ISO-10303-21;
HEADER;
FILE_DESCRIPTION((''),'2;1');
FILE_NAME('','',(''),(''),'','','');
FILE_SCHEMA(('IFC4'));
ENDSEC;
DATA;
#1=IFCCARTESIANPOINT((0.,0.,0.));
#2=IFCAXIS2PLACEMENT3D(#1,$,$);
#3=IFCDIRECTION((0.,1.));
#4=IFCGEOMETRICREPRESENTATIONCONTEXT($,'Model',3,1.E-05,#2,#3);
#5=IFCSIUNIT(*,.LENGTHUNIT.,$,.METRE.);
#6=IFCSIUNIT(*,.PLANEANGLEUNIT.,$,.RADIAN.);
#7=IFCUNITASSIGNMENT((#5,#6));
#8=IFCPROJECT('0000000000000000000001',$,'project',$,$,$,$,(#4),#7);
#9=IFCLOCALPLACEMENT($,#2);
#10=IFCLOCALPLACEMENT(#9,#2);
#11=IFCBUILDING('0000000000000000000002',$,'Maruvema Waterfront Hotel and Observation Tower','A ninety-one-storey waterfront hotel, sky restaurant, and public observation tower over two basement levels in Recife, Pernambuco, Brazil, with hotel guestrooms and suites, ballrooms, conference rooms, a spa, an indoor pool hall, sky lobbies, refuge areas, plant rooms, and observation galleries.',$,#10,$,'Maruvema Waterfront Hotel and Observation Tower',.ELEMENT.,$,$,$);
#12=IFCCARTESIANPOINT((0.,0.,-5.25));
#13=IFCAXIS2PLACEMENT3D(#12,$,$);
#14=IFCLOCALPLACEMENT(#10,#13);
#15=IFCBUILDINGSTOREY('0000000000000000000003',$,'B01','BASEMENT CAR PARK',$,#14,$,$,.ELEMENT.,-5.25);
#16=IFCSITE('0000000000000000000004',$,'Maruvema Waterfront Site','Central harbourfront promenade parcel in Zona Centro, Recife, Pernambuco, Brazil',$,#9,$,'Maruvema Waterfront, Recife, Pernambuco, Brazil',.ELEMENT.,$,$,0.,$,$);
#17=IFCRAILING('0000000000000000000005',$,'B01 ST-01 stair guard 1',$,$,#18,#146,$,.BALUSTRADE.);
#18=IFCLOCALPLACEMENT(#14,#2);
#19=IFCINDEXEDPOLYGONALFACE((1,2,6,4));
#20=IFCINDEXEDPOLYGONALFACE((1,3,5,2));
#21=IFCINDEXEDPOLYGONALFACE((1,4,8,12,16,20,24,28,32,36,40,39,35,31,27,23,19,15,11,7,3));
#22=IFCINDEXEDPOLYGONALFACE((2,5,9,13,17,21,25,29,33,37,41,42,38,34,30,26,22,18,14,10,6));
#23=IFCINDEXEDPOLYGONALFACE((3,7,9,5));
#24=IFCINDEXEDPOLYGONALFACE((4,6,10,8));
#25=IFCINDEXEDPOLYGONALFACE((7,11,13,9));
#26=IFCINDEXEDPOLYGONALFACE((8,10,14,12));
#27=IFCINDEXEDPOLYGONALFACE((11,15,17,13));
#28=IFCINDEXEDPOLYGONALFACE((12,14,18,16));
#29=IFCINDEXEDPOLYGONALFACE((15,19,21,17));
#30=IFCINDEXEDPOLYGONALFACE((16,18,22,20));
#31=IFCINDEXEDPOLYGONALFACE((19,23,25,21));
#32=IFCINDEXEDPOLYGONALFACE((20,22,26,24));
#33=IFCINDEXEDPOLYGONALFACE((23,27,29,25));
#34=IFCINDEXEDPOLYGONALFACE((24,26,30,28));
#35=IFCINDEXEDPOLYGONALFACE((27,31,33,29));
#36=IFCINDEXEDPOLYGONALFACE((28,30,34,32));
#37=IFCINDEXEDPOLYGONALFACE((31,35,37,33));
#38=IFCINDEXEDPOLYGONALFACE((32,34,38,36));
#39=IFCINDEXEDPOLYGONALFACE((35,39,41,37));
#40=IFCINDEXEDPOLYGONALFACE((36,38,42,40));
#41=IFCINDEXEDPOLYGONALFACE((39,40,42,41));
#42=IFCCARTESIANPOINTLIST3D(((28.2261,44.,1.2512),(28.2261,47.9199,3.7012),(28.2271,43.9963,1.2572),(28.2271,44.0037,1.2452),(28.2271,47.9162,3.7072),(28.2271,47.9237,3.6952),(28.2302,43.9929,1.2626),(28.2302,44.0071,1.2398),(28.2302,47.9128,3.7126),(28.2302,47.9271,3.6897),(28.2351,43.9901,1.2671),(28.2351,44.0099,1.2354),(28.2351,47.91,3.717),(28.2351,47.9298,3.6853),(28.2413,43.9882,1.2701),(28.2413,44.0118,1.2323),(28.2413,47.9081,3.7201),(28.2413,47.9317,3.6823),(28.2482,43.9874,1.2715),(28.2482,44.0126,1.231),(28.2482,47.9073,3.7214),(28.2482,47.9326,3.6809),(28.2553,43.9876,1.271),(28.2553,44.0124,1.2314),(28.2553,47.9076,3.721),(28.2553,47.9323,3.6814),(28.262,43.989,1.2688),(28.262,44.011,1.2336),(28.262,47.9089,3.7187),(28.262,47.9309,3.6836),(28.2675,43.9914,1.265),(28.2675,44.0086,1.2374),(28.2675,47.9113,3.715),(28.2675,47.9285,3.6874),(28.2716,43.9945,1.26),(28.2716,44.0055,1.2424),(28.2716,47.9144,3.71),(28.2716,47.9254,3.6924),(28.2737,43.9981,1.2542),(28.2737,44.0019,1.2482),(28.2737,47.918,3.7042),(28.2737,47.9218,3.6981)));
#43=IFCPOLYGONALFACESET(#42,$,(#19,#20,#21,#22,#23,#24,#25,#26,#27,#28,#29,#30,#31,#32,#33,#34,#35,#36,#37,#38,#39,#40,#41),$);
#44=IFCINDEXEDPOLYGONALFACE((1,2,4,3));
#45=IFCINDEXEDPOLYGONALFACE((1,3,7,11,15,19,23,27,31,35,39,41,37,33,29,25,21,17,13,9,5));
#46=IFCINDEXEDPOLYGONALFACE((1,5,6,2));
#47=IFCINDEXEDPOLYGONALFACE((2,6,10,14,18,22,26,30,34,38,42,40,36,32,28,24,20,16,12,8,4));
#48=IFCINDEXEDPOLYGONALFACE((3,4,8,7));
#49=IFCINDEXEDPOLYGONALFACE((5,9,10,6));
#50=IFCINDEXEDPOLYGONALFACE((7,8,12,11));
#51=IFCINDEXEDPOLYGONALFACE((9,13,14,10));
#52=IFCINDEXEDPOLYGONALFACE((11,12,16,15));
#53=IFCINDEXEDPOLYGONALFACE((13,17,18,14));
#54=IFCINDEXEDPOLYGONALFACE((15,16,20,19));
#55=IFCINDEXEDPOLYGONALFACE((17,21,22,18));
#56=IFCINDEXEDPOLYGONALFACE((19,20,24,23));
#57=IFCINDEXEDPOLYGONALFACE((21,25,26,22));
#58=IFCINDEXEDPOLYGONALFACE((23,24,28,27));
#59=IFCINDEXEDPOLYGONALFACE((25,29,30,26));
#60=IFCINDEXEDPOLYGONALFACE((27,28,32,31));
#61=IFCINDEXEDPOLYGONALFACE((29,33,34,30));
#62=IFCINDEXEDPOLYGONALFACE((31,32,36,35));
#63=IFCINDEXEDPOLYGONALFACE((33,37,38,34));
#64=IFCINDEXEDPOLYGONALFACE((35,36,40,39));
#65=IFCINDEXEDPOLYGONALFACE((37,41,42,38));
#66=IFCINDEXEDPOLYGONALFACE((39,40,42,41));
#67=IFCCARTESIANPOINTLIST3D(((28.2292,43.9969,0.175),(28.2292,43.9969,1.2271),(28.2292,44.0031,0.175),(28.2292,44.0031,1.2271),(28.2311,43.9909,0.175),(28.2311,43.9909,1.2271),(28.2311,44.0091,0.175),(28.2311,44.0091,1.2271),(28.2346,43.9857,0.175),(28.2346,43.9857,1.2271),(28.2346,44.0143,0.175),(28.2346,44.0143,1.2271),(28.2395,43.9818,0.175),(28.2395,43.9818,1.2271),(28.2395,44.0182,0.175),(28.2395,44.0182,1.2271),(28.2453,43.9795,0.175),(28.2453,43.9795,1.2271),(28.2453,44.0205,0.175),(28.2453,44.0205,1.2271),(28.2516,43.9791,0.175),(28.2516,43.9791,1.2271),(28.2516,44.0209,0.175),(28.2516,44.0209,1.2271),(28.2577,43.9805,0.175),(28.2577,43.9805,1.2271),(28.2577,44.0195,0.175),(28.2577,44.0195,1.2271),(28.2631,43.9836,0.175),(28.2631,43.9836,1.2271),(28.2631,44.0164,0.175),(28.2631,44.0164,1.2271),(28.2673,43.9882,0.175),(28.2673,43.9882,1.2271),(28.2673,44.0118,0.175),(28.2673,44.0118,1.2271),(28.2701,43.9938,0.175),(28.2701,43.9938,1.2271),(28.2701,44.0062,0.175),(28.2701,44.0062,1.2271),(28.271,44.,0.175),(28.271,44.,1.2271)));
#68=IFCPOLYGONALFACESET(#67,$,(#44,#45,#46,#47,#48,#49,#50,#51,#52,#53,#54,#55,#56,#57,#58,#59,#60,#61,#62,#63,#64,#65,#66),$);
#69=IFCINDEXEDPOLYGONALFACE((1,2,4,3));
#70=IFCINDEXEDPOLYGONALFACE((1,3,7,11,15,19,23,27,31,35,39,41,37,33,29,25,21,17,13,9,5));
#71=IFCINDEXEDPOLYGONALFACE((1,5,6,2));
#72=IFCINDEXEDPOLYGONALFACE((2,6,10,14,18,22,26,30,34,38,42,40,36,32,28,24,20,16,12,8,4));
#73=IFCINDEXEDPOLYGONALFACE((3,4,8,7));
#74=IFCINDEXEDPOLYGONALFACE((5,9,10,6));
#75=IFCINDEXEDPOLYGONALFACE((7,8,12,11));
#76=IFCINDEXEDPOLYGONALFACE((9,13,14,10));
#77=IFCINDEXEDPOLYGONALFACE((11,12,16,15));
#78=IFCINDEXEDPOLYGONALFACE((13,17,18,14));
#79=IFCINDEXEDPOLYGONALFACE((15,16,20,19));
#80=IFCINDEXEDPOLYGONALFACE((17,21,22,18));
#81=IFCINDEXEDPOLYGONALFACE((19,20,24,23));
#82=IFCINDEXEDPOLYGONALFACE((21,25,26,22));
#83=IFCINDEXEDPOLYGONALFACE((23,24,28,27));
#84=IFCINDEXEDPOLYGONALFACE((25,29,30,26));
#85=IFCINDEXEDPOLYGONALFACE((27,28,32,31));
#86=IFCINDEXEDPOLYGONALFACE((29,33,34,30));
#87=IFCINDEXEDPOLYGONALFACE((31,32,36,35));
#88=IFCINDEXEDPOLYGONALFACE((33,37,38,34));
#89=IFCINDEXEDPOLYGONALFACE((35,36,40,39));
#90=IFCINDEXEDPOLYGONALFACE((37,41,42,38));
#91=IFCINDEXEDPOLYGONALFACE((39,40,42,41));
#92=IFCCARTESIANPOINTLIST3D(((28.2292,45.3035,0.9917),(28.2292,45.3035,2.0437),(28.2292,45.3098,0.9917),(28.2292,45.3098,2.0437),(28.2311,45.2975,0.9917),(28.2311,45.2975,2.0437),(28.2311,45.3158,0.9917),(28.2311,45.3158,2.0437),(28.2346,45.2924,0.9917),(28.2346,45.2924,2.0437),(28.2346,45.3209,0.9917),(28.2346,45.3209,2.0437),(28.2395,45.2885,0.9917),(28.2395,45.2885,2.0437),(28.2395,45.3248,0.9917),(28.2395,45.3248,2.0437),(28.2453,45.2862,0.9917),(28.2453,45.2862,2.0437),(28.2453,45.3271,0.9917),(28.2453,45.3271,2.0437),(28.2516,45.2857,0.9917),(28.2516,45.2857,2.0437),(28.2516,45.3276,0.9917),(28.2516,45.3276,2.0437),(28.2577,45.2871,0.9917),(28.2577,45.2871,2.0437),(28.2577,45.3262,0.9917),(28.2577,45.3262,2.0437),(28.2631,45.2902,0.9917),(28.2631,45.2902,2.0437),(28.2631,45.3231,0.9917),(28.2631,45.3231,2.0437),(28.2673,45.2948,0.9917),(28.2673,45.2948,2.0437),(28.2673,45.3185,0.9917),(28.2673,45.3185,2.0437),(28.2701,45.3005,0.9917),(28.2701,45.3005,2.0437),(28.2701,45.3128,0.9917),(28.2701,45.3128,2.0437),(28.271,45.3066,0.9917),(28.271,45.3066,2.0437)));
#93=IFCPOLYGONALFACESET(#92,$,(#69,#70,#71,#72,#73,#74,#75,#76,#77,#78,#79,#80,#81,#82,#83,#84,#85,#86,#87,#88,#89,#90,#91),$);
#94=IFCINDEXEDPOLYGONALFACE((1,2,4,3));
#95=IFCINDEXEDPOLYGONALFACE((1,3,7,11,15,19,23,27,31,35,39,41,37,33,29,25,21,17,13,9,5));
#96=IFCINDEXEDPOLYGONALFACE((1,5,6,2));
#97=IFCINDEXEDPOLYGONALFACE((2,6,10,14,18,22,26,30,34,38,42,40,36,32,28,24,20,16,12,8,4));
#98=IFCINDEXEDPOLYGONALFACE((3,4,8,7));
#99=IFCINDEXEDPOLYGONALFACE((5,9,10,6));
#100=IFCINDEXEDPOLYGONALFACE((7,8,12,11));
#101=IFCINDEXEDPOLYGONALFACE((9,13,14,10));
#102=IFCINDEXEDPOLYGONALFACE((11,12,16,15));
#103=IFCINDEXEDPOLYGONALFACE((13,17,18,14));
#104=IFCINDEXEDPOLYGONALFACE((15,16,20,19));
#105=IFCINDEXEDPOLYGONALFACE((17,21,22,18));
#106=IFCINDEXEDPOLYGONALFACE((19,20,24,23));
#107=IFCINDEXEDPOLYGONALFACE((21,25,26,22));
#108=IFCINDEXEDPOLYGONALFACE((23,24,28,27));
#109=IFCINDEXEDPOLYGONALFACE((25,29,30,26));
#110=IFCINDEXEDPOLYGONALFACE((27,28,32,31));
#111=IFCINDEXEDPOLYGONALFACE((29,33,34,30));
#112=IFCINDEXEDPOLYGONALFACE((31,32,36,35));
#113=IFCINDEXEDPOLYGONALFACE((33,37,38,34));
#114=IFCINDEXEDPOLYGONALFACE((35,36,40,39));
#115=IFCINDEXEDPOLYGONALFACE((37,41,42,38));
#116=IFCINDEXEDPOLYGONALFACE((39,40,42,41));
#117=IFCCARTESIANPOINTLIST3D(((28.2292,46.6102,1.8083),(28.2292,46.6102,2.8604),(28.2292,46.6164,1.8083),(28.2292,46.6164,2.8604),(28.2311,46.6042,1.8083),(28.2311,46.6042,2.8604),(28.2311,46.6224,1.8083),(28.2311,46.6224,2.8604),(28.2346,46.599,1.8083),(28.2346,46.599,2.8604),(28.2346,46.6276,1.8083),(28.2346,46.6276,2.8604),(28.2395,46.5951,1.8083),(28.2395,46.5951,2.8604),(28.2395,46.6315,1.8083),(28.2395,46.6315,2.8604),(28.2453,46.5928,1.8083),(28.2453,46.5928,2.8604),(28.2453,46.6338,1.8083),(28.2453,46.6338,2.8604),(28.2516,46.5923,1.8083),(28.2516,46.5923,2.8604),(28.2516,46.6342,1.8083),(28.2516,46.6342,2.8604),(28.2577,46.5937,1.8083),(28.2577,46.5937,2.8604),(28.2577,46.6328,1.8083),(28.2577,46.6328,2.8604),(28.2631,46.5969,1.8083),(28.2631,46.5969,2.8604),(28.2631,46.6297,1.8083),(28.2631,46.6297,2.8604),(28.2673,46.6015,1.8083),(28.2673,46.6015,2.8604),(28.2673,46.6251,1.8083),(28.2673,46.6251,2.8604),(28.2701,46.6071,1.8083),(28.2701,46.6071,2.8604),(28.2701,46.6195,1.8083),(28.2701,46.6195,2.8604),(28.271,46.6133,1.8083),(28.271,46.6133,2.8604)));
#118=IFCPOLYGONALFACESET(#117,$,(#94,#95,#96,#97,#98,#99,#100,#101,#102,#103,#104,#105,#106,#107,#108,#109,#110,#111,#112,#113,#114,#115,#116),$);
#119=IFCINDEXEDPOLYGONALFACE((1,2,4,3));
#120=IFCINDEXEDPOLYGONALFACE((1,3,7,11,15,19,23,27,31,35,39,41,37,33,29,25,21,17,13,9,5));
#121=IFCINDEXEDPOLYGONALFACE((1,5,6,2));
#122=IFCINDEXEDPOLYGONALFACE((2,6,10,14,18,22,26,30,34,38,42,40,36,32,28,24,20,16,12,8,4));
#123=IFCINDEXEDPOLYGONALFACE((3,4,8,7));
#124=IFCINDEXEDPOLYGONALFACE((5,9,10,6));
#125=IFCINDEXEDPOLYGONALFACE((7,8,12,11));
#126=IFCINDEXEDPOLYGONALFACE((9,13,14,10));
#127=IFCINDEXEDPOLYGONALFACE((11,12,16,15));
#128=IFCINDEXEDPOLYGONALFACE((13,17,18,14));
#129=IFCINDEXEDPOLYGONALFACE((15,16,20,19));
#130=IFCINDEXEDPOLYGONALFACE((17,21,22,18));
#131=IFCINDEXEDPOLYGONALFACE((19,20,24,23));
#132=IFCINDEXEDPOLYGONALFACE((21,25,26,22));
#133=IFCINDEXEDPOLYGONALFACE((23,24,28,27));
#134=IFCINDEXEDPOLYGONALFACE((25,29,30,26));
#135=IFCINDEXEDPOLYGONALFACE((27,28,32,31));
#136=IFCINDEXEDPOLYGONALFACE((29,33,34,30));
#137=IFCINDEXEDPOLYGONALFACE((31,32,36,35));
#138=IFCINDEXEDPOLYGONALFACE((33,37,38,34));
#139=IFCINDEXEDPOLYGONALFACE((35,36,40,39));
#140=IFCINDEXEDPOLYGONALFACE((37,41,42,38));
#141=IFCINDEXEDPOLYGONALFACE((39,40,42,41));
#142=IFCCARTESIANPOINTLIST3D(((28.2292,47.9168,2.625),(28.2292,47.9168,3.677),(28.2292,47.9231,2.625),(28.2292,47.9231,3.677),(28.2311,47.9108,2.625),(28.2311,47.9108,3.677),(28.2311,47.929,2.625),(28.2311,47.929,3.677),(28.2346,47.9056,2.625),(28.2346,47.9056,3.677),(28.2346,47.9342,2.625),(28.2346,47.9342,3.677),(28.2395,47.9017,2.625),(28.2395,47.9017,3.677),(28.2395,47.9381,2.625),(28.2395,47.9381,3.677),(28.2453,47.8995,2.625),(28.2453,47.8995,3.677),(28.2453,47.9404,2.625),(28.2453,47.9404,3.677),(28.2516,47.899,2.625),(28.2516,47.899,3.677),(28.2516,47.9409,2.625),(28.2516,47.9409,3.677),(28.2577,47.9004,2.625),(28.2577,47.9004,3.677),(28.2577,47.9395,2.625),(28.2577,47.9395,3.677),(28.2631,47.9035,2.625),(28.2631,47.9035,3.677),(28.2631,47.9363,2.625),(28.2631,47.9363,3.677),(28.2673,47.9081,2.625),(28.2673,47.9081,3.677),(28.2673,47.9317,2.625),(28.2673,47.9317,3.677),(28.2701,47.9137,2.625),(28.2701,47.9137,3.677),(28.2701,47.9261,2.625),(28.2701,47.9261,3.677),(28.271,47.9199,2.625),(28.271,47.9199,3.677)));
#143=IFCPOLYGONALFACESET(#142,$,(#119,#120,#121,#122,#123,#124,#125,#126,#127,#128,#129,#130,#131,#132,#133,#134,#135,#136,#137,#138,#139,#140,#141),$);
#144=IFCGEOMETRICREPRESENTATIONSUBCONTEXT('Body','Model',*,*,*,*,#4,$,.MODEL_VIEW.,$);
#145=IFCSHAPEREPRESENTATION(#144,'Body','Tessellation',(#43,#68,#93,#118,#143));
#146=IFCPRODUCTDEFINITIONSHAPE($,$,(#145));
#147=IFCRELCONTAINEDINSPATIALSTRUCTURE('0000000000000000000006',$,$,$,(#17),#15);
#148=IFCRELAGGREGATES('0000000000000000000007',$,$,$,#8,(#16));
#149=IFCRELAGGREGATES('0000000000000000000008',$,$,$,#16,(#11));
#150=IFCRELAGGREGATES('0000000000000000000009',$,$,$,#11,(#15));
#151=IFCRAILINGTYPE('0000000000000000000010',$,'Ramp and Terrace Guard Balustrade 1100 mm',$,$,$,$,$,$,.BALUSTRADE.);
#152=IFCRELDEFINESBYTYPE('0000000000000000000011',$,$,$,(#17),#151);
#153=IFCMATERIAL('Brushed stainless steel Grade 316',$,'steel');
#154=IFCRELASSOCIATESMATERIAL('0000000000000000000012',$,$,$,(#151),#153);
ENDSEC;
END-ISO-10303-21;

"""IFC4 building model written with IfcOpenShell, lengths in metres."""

from ifc_helpers import new_model, si_unit, direction, frame, origin, origin_2d, place, context, subcontext, project, spatial, circle, extrude, material, type_object, element, save


model = new_model("IFC4")

# Units and contexts
model_context = context("Model", 3, precision=1e-05, world=origin(), true_north=direction((0.0, 1.0)))
body_context = subcontext(model_context, "Body", "Model", "MODEL_VIEW")
ifc_project = project(units=[si_unit("LENGTHUNIT", "METRE"), si_unit("PLANEANGLEUNIT", "RADIAN")], contexts=[model_context])

# Site, building, storey
site_placement = place(None, origin())
site = spatial("IfcSite", under=ifc_project, at=site_placement, Name="Maruvema Waterfront Site", Description="Central harbourfront promenade parcel in Zona Centro, Recife, Pernambuco, Brazil", LongName="Maruvema Waterfront, Recife, Pernambuco, Brazil", CompositionType="ELEMENT", RefElevation=0.0)
building_placement = place(site_placement, origin())
building = spatial("IfcBuilding", under=site, at=building_placement, Name="Maruvema Waterfront Hotel and Observation Tower", Description="A ninety-one-storey waterfront hotel, sky restaurant, and public observation tower over two basement levels in Recife, Pernambuco, Brazil, with hotel guestrooms and suites, ballrooms, conference rooms, a spa, an indoor pool hall, sky lobbies, refuge areas, plant rooms, and observation galleries.", LongName="Maruvema Waterfront Hotel and Observation Tower", CompositionType="ELEMENT")
storey_placement = place(building_placement, frame((0.0, 0.0, -5.25)))
storey = spatial("IfcBuildingStorey", under=building, at=storey_placement, Name="B01", Description="BASEMENT CAR PARK", CompositionType="ELEMENT", Elevation=-5.25)

# Railing
ifc_material_1 = material(Name="Brushed stainless steel Grade 316", Category="steel")
railing_type_1 = type_object("IfcRailingType", Name="Ramp and Terrace Guard Balustrade 1100 mm", PredefinedType="BALUSTRADE", material=ifc_material_1)
railing_1_placement = place(storey_placement, frame((28.25, 44.0, 0.175)))
element("IfcRailing", 1, at=railing_1_placement, inside=storey, type_object=railing_type_1, Name="B01 ST-01 stair guard 1", PredefinedType="BALUSTRADE", context=body_context, shape_type="SweptSolid", body=[
    extrude(circle(Radius=0.0239, at=origin_2d()), frame((0.0, 0.0, 1.0762), z_axis=(0.0, 0.847998, 0.529999), x_axis=(-1.0, 0.0, 0.0)), (0.0, 0.0, 1.0), 4.6226),
    extrude(circle(Radius=0.021, at=origin_2d()), origin(), (0.0, 0.0, 1.0), 1.052),
    extrude(circle(Radius=0.021, at=origin_2d()), frame((0.0, 1.3066, 0.8167)), (0.0, 0.0, 1.0), 1.052),
    extrude(circle(Radius=0.021, at=origin_2d()), frame((0.0, 2.6133, 1.6333)), (0.0, 0.0, 1.0), 1.052),
    extrude(circle(Radius=0.021, at=origin_2d()), frame((0.0, 3.9199, 2.45)), (0.0, 0.0, 1.0), 1.052),
])

save(model, "model.ifc")
